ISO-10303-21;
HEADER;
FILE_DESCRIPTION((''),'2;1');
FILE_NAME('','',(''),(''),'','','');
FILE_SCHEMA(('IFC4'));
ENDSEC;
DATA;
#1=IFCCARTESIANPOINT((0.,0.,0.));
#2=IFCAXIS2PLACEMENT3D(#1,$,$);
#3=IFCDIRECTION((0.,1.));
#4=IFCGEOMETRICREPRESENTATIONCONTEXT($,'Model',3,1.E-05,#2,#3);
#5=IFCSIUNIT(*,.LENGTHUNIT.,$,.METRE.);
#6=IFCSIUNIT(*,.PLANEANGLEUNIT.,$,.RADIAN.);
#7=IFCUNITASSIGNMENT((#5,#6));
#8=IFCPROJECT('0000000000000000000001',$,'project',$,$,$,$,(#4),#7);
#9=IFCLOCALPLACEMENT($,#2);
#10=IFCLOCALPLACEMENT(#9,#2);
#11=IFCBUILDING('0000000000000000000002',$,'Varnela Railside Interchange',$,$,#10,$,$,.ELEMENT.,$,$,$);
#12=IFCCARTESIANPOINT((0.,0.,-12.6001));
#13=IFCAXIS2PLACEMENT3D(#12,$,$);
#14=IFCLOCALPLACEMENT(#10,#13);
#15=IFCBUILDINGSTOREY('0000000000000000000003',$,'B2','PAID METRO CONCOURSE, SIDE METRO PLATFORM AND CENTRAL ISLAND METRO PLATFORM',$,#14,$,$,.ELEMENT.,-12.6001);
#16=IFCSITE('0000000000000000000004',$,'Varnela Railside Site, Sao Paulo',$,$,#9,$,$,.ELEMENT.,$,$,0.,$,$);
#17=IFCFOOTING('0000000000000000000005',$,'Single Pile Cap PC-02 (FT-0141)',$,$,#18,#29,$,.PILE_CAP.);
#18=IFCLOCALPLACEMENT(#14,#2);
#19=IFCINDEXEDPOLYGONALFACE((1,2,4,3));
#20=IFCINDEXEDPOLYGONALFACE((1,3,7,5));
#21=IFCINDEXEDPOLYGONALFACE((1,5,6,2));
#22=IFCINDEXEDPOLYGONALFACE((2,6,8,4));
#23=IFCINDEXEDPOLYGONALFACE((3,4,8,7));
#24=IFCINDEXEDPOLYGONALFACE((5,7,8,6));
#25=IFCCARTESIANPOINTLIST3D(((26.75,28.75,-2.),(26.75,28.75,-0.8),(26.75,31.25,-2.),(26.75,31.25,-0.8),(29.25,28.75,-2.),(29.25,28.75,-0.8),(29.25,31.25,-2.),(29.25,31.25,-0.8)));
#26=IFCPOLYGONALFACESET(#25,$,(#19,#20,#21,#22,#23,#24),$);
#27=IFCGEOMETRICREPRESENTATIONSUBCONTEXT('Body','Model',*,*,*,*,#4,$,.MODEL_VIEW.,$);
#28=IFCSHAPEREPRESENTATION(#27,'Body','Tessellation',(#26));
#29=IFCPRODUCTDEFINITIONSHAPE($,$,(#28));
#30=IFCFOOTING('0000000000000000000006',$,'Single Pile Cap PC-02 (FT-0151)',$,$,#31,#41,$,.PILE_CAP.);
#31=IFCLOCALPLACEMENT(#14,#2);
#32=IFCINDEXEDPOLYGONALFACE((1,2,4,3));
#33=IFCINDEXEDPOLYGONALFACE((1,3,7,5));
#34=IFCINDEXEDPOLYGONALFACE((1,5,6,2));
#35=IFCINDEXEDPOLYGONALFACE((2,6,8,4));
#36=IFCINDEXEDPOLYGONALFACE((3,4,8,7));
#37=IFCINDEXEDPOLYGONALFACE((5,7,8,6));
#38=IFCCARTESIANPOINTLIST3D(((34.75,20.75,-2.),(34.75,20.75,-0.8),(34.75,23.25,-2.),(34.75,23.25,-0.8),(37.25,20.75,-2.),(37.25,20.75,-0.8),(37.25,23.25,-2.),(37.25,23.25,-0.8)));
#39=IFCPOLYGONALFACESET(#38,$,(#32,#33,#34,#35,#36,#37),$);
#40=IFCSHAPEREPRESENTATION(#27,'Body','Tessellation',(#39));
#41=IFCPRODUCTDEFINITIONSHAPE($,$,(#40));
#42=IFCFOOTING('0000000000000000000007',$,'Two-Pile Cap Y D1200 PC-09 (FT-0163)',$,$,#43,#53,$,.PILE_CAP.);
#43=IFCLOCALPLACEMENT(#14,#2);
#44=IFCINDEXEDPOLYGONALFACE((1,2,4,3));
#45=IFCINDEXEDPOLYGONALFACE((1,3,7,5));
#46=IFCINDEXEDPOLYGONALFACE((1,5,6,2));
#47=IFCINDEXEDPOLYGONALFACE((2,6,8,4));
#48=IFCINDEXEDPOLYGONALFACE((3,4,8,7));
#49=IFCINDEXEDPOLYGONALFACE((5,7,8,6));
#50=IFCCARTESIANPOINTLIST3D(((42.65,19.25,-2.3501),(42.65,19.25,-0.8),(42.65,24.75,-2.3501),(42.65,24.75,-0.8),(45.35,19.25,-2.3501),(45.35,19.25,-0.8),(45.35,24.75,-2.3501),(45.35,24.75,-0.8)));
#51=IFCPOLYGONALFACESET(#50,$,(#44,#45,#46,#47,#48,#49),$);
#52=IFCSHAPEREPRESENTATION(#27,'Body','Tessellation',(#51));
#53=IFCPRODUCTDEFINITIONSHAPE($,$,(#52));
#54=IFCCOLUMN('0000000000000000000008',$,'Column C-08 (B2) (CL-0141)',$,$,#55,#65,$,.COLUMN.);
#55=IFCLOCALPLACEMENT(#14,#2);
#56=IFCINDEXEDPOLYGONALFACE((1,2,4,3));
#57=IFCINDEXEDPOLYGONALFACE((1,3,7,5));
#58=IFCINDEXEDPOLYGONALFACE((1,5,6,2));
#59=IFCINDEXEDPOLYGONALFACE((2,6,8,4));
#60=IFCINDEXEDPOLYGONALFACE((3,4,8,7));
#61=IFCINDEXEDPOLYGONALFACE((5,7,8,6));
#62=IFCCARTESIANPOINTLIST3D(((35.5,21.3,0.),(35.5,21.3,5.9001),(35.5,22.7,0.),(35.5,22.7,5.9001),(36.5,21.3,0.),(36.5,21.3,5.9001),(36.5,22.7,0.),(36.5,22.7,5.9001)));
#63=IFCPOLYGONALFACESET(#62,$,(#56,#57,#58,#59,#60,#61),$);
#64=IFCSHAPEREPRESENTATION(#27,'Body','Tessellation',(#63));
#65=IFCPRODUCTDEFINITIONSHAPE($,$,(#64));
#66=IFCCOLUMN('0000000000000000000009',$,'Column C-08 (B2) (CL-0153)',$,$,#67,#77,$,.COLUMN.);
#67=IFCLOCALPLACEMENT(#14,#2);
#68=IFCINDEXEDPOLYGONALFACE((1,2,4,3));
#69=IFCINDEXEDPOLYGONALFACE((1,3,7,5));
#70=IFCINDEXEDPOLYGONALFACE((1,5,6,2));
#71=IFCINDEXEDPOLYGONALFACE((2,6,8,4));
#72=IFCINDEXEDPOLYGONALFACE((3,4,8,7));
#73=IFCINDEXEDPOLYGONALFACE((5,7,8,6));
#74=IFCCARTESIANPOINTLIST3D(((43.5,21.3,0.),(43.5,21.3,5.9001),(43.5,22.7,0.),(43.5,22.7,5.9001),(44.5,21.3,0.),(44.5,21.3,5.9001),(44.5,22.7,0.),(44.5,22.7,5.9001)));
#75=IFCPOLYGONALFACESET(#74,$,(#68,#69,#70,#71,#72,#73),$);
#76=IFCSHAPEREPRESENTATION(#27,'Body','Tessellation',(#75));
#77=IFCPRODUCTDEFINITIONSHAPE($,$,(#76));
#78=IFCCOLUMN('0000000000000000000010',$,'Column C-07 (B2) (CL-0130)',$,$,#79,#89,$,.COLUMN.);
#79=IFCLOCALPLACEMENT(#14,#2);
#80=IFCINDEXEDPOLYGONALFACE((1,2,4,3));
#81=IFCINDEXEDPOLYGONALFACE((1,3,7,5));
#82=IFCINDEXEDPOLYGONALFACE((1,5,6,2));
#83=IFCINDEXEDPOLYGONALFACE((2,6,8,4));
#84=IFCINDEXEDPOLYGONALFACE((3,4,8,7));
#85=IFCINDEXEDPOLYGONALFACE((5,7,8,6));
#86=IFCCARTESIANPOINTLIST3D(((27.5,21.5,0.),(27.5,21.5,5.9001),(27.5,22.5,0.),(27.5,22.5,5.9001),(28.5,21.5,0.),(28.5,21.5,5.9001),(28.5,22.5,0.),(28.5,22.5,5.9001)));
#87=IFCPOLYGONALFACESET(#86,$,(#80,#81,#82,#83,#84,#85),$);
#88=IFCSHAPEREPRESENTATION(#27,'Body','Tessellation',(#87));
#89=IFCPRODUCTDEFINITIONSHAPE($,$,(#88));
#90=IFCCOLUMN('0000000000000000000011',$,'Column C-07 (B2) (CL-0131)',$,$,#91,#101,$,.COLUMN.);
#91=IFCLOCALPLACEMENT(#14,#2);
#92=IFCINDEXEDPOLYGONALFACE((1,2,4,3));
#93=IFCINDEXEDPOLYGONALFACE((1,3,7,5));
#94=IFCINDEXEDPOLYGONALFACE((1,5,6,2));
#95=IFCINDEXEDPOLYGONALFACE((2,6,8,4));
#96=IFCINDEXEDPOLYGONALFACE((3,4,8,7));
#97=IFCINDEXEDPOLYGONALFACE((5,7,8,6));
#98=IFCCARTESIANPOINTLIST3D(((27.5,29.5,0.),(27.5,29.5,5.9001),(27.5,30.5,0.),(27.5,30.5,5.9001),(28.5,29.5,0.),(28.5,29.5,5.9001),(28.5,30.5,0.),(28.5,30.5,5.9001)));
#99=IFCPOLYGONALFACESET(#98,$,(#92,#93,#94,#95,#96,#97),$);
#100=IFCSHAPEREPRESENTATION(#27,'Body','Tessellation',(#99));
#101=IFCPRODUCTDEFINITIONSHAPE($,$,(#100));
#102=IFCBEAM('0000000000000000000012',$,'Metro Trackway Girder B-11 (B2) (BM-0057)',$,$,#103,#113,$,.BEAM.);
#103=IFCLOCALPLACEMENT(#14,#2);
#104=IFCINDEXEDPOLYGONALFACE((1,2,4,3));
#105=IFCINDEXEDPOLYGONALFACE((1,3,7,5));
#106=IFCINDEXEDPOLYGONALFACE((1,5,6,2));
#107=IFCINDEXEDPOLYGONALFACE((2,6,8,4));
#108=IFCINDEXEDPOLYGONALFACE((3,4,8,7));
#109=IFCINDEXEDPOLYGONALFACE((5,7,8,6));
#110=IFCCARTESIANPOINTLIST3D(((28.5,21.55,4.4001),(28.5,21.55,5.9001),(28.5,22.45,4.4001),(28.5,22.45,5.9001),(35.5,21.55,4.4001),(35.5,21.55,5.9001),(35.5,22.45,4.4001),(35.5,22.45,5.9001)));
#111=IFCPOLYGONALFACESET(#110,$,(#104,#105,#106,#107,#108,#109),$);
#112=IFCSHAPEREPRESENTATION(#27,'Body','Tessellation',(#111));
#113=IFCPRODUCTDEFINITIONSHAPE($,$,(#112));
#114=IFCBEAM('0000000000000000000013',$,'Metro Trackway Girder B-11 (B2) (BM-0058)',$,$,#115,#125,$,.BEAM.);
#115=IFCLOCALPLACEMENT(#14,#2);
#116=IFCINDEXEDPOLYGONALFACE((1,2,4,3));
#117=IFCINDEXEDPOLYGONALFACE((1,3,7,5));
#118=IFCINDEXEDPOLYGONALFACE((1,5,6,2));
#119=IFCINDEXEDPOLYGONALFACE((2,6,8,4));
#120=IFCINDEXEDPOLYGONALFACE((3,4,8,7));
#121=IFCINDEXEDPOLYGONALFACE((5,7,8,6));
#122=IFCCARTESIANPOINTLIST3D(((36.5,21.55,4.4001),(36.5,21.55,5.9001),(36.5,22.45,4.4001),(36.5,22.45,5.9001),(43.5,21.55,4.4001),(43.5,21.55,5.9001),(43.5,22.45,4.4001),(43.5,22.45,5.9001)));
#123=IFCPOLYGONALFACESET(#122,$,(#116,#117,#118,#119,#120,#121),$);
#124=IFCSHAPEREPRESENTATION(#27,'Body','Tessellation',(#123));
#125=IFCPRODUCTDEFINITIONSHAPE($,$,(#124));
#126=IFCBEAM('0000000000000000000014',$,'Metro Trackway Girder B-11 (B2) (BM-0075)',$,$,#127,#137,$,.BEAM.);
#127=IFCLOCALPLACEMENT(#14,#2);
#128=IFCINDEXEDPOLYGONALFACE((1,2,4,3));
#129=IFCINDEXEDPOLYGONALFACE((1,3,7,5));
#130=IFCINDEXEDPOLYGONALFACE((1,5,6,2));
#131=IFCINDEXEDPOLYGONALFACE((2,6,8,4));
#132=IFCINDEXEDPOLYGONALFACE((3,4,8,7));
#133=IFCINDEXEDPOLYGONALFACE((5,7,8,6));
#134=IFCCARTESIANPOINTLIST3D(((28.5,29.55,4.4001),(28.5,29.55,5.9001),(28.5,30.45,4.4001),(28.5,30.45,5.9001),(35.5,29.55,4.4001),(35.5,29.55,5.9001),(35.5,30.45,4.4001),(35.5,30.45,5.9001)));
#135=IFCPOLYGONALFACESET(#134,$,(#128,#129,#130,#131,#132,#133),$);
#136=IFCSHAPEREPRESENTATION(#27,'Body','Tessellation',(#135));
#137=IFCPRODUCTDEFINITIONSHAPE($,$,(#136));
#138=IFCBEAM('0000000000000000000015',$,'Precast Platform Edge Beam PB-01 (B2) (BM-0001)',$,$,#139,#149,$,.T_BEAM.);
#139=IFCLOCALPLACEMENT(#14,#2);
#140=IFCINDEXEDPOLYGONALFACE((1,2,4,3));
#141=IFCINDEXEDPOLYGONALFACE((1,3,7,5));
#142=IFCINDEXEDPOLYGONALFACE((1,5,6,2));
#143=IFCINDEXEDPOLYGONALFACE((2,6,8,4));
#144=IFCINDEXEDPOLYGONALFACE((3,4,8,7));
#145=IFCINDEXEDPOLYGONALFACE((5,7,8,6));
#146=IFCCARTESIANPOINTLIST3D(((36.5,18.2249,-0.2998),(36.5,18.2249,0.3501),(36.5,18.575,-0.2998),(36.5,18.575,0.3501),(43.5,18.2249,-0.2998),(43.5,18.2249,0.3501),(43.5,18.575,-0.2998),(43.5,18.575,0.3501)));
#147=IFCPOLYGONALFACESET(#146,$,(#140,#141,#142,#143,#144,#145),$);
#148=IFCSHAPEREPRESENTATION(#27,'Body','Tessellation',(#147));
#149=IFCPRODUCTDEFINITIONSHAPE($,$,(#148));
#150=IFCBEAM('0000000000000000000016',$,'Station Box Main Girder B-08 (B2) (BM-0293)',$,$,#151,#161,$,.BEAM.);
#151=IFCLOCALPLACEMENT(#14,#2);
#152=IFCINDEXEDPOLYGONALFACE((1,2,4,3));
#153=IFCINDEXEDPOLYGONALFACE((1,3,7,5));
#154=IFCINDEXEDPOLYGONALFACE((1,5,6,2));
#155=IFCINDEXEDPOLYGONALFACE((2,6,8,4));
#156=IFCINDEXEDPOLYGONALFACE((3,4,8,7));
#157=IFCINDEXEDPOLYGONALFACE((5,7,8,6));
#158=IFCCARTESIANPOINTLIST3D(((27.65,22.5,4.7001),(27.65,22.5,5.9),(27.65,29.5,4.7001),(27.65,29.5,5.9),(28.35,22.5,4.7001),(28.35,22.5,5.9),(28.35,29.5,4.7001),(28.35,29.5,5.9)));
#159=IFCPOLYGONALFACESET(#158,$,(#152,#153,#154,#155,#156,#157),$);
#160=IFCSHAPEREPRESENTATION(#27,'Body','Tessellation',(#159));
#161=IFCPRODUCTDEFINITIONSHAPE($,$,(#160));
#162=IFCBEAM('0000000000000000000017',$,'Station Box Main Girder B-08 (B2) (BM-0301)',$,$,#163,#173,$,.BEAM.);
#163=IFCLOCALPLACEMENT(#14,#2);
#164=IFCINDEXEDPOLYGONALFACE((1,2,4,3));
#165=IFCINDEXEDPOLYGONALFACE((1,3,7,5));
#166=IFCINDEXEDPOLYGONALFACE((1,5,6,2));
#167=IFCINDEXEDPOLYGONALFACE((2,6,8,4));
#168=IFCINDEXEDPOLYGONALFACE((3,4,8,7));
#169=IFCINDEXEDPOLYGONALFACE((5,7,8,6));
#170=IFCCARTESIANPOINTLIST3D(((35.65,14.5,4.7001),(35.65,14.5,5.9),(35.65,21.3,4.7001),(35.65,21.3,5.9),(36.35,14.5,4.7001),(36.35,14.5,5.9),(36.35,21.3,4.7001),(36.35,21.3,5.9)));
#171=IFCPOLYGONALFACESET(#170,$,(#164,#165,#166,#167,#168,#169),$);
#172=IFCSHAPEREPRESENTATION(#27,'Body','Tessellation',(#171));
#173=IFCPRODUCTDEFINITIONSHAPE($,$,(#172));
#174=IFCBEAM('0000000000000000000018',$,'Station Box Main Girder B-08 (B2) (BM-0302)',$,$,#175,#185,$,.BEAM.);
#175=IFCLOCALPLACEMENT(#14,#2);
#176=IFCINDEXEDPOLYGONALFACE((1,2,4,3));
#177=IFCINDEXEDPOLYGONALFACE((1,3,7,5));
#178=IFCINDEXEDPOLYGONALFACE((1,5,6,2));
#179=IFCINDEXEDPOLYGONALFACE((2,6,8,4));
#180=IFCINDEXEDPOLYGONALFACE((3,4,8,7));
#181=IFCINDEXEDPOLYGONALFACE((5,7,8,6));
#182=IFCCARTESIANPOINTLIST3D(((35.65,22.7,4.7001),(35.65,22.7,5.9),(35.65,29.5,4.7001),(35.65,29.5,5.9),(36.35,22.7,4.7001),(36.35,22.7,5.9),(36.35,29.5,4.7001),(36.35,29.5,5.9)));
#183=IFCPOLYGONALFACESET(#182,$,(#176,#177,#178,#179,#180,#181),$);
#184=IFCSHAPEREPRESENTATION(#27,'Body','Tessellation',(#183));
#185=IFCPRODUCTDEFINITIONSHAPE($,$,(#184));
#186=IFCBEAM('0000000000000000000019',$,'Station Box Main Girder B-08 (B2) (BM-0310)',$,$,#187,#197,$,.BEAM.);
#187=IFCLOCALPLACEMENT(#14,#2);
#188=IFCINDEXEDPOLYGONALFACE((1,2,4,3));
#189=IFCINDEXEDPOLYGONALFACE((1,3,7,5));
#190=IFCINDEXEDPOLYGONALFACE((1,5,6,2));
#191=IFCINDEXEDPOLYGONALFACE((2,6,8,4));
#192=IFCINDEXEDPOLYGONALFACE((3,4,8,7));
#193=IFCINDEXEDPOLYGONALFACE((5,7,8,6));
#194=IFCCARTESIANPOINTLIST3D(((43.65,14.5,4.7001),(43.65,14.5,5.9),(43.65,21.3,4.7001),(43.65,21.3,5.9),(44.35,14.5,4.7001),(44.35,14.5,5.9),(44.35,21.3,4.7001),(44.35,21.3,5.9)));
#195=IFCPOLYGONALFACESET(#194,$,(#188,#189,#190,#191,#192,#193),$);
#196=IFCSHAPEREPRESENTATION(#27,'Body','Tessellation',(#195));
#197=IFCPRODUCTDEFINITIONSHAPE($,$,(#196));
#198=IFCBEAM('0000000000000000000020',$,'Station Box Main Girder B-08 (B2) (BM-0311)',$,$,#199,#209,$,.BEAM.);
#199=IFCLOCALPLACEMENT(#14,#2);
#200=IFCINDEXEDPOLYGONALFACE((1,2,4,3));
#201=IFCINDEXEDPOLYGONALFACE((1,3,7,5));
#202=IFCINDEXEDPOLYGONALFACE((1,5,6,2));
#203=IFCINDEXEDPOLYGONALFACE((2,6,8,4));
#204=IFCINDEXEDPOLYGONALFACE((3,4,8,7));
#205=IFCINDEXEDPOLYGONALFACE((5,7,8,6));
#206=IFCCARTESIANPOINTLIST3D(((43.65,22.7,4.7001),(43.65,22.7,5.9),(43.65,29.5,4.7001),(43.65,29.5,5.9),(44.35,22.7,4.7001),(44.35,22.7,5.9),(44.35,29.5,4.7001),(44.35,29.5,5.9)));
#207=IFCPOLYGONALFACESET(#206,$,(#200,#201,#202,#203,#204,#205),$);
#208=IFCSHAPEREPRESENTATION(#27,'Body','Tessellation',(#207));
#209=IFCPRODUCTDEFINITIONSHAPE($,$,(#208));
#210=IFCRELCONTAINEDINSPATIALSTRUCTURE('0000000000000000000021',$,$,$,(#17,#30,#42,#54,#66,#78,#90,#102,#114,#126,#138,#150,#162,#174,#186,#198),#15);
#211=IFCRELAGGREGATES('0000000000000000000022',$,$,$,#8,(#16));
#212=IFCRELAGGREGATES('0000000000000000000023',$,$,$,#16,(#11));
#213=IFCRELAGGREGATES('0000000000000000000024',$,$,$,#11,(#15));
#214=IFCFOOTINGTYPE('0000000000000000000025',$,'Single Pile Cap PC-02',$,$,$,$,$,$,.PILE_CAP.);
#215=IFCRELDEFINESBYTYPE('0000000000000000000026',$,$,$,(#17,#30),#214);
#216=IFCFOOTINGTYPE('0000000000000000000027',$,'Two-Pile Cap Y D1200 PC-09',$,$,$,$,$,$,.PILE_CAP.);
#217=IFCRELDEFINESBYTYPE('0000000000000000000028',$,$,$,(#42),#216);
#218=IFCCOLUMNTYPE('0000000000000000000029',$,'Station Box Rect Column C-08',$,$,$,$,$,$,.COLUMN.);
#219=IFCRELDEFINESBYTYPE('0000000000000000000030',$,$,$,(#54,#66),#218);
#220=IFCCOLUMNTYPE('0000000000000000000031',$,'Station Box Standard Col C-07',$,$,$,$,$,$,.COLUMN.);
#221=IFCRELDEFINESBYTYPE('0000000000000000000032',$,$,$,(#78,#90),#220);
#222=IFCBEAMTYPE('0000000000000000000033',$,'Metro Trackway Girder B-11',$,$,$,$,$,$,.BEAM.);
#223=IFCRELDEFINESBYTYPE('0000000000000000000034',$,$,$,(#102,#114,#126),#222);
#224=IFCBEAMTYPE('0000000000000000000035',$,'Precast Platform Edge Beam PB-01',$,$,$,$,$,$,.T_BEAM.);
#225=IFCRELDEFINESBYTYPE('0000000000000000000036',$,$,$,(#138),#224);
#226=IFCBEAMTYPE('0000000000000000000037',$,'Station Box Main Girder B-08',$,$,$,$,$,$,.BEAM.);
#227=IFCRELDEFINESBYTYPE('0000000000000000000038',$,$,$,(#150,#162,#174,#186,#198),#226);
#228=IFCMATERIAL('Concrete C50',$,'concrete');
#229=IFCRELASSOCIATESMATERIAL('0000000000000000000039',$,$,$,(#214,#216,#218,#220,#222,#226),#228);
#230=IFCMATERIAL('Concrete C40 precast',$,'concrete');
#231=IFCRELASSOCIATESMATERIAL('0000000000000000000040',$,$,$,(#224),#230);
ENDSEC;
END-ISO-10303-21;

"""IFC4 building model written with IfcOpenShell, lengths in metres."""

from ifc_helpers import new_model, si_unit, direction, frame, origin, origin_2d, place, context, subcontext, project, spatial, rectangle, extrude, material, material_profile, profile_set, type_object, element, save


model = new_model("IFC4")

# Units and contexts
model_context = context("Model", 3, precision=1e-05, world=origin(), true_north=direction((0.0, 1.0)))
body_context = subcontext(model_context, "Body", "Model", "MODEL_VIEW")
ifc_project = project(units=[si_unit("LENGTHUNIT", "METRE"), si_unit("PLANEANGLEUNIT", "RADIAN")], contexts=[model_context])

# Site, building, storey
site_placement = place(None, origin())
site = spatial("IfcSite", under=ifc_project, at=site_placement, Name="Varnela Railside Site, Sao Paulo", CompositionType="ELEMENT", RefElevation=0.0)
building_placement = place(site_placement, origin())
building = spatial("IfcBuilding", under=site, at=building_placement, Name="Varnela Railside Interchange", CompositionType="ELEMENT")
storey_placement = place(building_placement, frame((0.0, 0.0, -12.6001)))
storey = spatial("IfcBuildingStorey", under=building, at=storey_placement, Name="B2", Description="PAID METRO CONCOURSE, SIDE METRO PLATFORM AND CENTRAL ISLAND METRO PLATFORM", CompositionType="ELEMENT", Elevation=-12.6001)

# Footings
ifc_material_1 = material(Name="Concrete C50", Category="concrete")
footing_type_1 = type_object("IfcFootingType", Name="Single Pile Cap PC-02", PredefinedType="PILE_CAP", material=ifc_material_1)
for number, where, z_axis, x_axis, name in (
    (1, (28.0, 30.0, -2.0), (0.0, 0.0, 1.0), (1.0, 0.0, 0.0), "Single Pile Cap PC-02 (FT-0141)"),
    (2, (36.0, 22.0, -2.0), (0.0, 0.0, 1.0), (1.0, 0.0, 0.0), "Single Pile Cap PC-02 (FT-0151)"),
):
    element("IfcFooting", number, at=place(storey_placement, frame(where, z_axis=z_axis, x_axis=x_axis)), inside=storey, type_object=footing_type_1, Name=name, PredefinedType="PILE_CAP", context=body_context, shape_type="SweptSolid", body=[
        extrude(rectangle(XDim=2.5, YDim=2.5, at=origin_2d()), origin(), (0.0, 0.0, 1.0), 1.2),
    ])
footing_type_2 = type_object("IfcFootingType", Name="Two-Pile Cap Y D1200 PC-09", PredefinedType="PILE_CAP", material=ifc_material_1)
footing_1_placement = place(storey_placement, frame((44.0, 22.0, -2.3501), z_axis=(0.0, 0.0, 1.0), x_axis=(1.0, 0.0, 0.0)))
element("IfcFooting", 3, at=footing_1_placement, inside=storey, type_object=footing_type_2, Name="Two-Pile Cap Y D1200 PC-09 (FT-0163)", PredefinedType="PILE_CAP", context=body_context, shape_type="SweptSolid", body=[
    extrude(rectangle(XDim=2.7, YDim=5.5, at=origin_2d()), origin(), (0.0, 0.0, 1.0), 1.55),
])

# Columns
ifc_material_profile_1 = material_profile(ifc_material_1, rectangle(XDim=1.0, YDim=1.3999, at=origin_2d()), Name="RC 1000x1400")
ifc_profile_set_1 = profile_set([ifc_material_profile_1], Name="Concrete C50")
column_type_1 = type_object("IfcColumnType", Name="Station Box Rect Column C-08", PredefinedType="COLUMN", material=ifc_profile_set_1)
for number, where, z_axis, x_axis, name in (
    (4, (36.0, 22.0, 0.0), (0.0, 0.0, 1.0), (1.0, 0.0, 0.0), "Column C-08 (B2) (CL-0141)"),
    (5, (44.0, 22.0, 0.0), (0.0, 0.0, 1.0), (1.0, 0.0, 0.0), "Column C-08 (B2) (CL-0153)"),
):
    element("IfcColumn", number, at=place(storey_placement, frame(where, z_axis=z_axis, x_axis=x_axis)), inside=storey, type_object=column_type_1, Name=name, PredefinedType="COLUMN", context=body_context, shape_type="SweptSolid", body=[
        extrude(rectangle(XDim=1.0, YDim=1.3999, at=origin_2d()), origin(), (0.0, 0.0, 1.0), 5.9001),
    ])
ifc_material_profile_2 = material_profile(ifc_material_1, rectangle(XDim=1.0, YDim=1.0, at=origin_2d()), Name="RC 1000x1000")
ifc_profile_set_2 = profile_set([ifc_material_profile_2], Name="Concrete C50")
column_type_2 = type_object("IfcColumnType", Name="Station Box Standard Col C-07", PredefinedType="COLUMN", material=ifc_profile_set_2)
for number, where, z_axis, x_axis, name in (
    (6, (28.0, 22.0, 0.0), (0.0, 0.0, 1.0), (1.0, 0.0, 0.0), "Column C-07 (B2) (CL-0130)"),
    (7, (28.0, 30.0, 0.0), (0.0, 0.0, 1.0), (1.0, 0.0, 0.0), "Column C-07 (B2) (CL-0131)"),
):
    element("IfcColumn", number, at=place(storey_placement, frame(where, z_axis=z_axis, x_axis=x_axis)), inside=storey, type_object=column_type_2, Name=name, PredefinedType="COLUMN", context=body_context, shape_type="SweptSolid", body=[
        extrude(rectangle(XDim=1.0, YDim=1.0, at=origin_2d()), origin(), (0.0, 0.0, 1.0), 5.9001),
    ])

# Beams
ifc_material_profile_3 = material_profile(ifc_material_1, rectangle(XDim=0.8999, YDim=1.5, at=origin_2d()), Name="RC 900x1500")
ifc_profile_set_3 = profile_set([ifc_material_profile_3], Name="Concrete C50")
beam_type_1 = type_object("IfcBeamType", Name="Metro Trackway Girder B-11", PredefinedType="BEAM", material=ifc_profile_set_3)
for number, where, z_axis, x_axis, name in (
    (8, (28.5, 22.0, 5.1501), (1.0, 0.0, 0.0), (0.0, 1.0, 0.0), "Metro Trackway Girder B-11 (B2) (BM-0057)"),
    (9, (36.5, 22.0, 5.1501), (1.0, 0.0, 0.0), (0.0, 1.0, 0.0), "Metro Trackway Girder B-11 (B2) (BM-0058)"),
    (10, (28.5, 30.0, 5.1501), (1.0, 0.0, 0.0), (0.0, 1.0, 0.0), "Metro Trackway Girder B-11 (B2) (BM-0075)"),
):
    element("IfcBeam", number, at=place(storey_placement, frame(where, z_axis=z_axis, x_axis=x_axis)), inside=storey, type_object=beam_type_1, Name=name, PredefinedType="BEAM", context=body_context, shape_type="SweptSolid", body=[
        extrude(rectangle(XDim=0.8999, YDim=1.5, at=origin_2d()), origin(), (0.0, 0.0, 1.0), 7.0),
    ])
ifc_material_2 = material(Name="Concrete C40 precast", Category="concrete")
ifc_material_profile_4 = material_profile(ifc_material_2, rectangle(XDim=0.3501, YDim=0.6499, at=origin_2d()), Name="PC 350x650")
ifc_profile_set_4 = profile_set([ifc_material_profile_4], Name="Concrete C40 precast")
beam_type_2 = type_object("IfcBeamType", Name="Precast Platform Edge Beam PB-01", PredefinedType="T_BEAM", material=ifc_profile_set_4)
beam_1_placement = place(storey_placement, frame((36.5, 18.3999, 0.0251), z_axis=(1.0, 0.0, 0.0), x_axis=(0.0, 1.0, 0.0)))
element("IfcBeam", 11, at=beam_1_placement, inside=storey, type_object=beam_type_2, Name="Precast Platform Edge Beam PB-01 (B2) (BM-0001)", PredefinedType="T_BEAM", context=body_context, shape_type="SweptSolid", body=[
    extrude(rectangle(XDim=0.3501, YDim=0.6499, at=origin_2d()), origin(), (0.0, 0.0, 1.0), 7.0),
])
ifc_material_profile_5 = material_profile(ifc_material_1, rectangle(XDim=0.7, YDim=1.2, at=origin_2d()), Name="RC 700x1200")
ifc_profile_set_5 = profile_set([ifc_material_profile_5], Name="Concrete C50")
beam_type_3 = type_object("IfcBeamType", Name="Station Box Main Girder B-08", PredefinedType="BEAM", material=ifc_profile_set_5)
beam_2_placement = place(storey_placement, frame((28.0, 22.5, 5.3), z_axis=(0.0, 1.0, 0.0), x_axis=(-1.0, 0.0, 0.0)))
element("IfcBeam", 12, at=beam_2_placement, inside=storey, type_object=beam_type_3, Name="Station Box Main Girder B-08 (B2) (BM-0293)", PredefinedType="BEAM", context=body_context, shape_type="SweptSolid", body=[
    extrude(rectangle(XDim=0.7, YDim=1.2, at=origin_2d()), origin(), (0.0, 0.0, 1.0), 7.0),
])
for number, where, z_axis, x_axis, name in (
    (13, (36.0, 14.5, 5.3), (0.0, 1.0, 0.0), (-1.0, 0.0, 0.0), "Station Box Main Girder B-08 (B2) (BM-0301)"),
    (14, (36.0, 22.7, 5.3), (0.0, 1.0, 0.0), (-1.0, 0.0, 0.0), "Station Box Main Girder B-08 (B2) (BM-0302)"),
    (15, (44.0, 14.5, 5.3), (0.0, 1.0, 0.0), (-1.0, 0.0, 0.0), "Station Box Main Girder B-08 (B2) (BM-0310)"),
    (16, (44.0, 22.7, 5.3), (0.0, 1.0, 0.0), (-1.0, 0.0, 0.0), "Station Box Main Girder B-08 (B2) (BM-0311)"),
):
    element("IfcBeam", number, at=place(storey_placement, frame(where, z_axis=z_axis, x_axis=x_axis)), inside=storey, type_object=beam_type_3, Name=name, PredefinedType="BEAM", context=body_context, shape_type="SweptSolid", body=[
        extrude(rectangle(XDim=0.7, YDim=1.2, at=origin_2d()), origin(), (0.0, 0.0, 1.0), 6.8),
    ])

save(model, "model.ifc")
